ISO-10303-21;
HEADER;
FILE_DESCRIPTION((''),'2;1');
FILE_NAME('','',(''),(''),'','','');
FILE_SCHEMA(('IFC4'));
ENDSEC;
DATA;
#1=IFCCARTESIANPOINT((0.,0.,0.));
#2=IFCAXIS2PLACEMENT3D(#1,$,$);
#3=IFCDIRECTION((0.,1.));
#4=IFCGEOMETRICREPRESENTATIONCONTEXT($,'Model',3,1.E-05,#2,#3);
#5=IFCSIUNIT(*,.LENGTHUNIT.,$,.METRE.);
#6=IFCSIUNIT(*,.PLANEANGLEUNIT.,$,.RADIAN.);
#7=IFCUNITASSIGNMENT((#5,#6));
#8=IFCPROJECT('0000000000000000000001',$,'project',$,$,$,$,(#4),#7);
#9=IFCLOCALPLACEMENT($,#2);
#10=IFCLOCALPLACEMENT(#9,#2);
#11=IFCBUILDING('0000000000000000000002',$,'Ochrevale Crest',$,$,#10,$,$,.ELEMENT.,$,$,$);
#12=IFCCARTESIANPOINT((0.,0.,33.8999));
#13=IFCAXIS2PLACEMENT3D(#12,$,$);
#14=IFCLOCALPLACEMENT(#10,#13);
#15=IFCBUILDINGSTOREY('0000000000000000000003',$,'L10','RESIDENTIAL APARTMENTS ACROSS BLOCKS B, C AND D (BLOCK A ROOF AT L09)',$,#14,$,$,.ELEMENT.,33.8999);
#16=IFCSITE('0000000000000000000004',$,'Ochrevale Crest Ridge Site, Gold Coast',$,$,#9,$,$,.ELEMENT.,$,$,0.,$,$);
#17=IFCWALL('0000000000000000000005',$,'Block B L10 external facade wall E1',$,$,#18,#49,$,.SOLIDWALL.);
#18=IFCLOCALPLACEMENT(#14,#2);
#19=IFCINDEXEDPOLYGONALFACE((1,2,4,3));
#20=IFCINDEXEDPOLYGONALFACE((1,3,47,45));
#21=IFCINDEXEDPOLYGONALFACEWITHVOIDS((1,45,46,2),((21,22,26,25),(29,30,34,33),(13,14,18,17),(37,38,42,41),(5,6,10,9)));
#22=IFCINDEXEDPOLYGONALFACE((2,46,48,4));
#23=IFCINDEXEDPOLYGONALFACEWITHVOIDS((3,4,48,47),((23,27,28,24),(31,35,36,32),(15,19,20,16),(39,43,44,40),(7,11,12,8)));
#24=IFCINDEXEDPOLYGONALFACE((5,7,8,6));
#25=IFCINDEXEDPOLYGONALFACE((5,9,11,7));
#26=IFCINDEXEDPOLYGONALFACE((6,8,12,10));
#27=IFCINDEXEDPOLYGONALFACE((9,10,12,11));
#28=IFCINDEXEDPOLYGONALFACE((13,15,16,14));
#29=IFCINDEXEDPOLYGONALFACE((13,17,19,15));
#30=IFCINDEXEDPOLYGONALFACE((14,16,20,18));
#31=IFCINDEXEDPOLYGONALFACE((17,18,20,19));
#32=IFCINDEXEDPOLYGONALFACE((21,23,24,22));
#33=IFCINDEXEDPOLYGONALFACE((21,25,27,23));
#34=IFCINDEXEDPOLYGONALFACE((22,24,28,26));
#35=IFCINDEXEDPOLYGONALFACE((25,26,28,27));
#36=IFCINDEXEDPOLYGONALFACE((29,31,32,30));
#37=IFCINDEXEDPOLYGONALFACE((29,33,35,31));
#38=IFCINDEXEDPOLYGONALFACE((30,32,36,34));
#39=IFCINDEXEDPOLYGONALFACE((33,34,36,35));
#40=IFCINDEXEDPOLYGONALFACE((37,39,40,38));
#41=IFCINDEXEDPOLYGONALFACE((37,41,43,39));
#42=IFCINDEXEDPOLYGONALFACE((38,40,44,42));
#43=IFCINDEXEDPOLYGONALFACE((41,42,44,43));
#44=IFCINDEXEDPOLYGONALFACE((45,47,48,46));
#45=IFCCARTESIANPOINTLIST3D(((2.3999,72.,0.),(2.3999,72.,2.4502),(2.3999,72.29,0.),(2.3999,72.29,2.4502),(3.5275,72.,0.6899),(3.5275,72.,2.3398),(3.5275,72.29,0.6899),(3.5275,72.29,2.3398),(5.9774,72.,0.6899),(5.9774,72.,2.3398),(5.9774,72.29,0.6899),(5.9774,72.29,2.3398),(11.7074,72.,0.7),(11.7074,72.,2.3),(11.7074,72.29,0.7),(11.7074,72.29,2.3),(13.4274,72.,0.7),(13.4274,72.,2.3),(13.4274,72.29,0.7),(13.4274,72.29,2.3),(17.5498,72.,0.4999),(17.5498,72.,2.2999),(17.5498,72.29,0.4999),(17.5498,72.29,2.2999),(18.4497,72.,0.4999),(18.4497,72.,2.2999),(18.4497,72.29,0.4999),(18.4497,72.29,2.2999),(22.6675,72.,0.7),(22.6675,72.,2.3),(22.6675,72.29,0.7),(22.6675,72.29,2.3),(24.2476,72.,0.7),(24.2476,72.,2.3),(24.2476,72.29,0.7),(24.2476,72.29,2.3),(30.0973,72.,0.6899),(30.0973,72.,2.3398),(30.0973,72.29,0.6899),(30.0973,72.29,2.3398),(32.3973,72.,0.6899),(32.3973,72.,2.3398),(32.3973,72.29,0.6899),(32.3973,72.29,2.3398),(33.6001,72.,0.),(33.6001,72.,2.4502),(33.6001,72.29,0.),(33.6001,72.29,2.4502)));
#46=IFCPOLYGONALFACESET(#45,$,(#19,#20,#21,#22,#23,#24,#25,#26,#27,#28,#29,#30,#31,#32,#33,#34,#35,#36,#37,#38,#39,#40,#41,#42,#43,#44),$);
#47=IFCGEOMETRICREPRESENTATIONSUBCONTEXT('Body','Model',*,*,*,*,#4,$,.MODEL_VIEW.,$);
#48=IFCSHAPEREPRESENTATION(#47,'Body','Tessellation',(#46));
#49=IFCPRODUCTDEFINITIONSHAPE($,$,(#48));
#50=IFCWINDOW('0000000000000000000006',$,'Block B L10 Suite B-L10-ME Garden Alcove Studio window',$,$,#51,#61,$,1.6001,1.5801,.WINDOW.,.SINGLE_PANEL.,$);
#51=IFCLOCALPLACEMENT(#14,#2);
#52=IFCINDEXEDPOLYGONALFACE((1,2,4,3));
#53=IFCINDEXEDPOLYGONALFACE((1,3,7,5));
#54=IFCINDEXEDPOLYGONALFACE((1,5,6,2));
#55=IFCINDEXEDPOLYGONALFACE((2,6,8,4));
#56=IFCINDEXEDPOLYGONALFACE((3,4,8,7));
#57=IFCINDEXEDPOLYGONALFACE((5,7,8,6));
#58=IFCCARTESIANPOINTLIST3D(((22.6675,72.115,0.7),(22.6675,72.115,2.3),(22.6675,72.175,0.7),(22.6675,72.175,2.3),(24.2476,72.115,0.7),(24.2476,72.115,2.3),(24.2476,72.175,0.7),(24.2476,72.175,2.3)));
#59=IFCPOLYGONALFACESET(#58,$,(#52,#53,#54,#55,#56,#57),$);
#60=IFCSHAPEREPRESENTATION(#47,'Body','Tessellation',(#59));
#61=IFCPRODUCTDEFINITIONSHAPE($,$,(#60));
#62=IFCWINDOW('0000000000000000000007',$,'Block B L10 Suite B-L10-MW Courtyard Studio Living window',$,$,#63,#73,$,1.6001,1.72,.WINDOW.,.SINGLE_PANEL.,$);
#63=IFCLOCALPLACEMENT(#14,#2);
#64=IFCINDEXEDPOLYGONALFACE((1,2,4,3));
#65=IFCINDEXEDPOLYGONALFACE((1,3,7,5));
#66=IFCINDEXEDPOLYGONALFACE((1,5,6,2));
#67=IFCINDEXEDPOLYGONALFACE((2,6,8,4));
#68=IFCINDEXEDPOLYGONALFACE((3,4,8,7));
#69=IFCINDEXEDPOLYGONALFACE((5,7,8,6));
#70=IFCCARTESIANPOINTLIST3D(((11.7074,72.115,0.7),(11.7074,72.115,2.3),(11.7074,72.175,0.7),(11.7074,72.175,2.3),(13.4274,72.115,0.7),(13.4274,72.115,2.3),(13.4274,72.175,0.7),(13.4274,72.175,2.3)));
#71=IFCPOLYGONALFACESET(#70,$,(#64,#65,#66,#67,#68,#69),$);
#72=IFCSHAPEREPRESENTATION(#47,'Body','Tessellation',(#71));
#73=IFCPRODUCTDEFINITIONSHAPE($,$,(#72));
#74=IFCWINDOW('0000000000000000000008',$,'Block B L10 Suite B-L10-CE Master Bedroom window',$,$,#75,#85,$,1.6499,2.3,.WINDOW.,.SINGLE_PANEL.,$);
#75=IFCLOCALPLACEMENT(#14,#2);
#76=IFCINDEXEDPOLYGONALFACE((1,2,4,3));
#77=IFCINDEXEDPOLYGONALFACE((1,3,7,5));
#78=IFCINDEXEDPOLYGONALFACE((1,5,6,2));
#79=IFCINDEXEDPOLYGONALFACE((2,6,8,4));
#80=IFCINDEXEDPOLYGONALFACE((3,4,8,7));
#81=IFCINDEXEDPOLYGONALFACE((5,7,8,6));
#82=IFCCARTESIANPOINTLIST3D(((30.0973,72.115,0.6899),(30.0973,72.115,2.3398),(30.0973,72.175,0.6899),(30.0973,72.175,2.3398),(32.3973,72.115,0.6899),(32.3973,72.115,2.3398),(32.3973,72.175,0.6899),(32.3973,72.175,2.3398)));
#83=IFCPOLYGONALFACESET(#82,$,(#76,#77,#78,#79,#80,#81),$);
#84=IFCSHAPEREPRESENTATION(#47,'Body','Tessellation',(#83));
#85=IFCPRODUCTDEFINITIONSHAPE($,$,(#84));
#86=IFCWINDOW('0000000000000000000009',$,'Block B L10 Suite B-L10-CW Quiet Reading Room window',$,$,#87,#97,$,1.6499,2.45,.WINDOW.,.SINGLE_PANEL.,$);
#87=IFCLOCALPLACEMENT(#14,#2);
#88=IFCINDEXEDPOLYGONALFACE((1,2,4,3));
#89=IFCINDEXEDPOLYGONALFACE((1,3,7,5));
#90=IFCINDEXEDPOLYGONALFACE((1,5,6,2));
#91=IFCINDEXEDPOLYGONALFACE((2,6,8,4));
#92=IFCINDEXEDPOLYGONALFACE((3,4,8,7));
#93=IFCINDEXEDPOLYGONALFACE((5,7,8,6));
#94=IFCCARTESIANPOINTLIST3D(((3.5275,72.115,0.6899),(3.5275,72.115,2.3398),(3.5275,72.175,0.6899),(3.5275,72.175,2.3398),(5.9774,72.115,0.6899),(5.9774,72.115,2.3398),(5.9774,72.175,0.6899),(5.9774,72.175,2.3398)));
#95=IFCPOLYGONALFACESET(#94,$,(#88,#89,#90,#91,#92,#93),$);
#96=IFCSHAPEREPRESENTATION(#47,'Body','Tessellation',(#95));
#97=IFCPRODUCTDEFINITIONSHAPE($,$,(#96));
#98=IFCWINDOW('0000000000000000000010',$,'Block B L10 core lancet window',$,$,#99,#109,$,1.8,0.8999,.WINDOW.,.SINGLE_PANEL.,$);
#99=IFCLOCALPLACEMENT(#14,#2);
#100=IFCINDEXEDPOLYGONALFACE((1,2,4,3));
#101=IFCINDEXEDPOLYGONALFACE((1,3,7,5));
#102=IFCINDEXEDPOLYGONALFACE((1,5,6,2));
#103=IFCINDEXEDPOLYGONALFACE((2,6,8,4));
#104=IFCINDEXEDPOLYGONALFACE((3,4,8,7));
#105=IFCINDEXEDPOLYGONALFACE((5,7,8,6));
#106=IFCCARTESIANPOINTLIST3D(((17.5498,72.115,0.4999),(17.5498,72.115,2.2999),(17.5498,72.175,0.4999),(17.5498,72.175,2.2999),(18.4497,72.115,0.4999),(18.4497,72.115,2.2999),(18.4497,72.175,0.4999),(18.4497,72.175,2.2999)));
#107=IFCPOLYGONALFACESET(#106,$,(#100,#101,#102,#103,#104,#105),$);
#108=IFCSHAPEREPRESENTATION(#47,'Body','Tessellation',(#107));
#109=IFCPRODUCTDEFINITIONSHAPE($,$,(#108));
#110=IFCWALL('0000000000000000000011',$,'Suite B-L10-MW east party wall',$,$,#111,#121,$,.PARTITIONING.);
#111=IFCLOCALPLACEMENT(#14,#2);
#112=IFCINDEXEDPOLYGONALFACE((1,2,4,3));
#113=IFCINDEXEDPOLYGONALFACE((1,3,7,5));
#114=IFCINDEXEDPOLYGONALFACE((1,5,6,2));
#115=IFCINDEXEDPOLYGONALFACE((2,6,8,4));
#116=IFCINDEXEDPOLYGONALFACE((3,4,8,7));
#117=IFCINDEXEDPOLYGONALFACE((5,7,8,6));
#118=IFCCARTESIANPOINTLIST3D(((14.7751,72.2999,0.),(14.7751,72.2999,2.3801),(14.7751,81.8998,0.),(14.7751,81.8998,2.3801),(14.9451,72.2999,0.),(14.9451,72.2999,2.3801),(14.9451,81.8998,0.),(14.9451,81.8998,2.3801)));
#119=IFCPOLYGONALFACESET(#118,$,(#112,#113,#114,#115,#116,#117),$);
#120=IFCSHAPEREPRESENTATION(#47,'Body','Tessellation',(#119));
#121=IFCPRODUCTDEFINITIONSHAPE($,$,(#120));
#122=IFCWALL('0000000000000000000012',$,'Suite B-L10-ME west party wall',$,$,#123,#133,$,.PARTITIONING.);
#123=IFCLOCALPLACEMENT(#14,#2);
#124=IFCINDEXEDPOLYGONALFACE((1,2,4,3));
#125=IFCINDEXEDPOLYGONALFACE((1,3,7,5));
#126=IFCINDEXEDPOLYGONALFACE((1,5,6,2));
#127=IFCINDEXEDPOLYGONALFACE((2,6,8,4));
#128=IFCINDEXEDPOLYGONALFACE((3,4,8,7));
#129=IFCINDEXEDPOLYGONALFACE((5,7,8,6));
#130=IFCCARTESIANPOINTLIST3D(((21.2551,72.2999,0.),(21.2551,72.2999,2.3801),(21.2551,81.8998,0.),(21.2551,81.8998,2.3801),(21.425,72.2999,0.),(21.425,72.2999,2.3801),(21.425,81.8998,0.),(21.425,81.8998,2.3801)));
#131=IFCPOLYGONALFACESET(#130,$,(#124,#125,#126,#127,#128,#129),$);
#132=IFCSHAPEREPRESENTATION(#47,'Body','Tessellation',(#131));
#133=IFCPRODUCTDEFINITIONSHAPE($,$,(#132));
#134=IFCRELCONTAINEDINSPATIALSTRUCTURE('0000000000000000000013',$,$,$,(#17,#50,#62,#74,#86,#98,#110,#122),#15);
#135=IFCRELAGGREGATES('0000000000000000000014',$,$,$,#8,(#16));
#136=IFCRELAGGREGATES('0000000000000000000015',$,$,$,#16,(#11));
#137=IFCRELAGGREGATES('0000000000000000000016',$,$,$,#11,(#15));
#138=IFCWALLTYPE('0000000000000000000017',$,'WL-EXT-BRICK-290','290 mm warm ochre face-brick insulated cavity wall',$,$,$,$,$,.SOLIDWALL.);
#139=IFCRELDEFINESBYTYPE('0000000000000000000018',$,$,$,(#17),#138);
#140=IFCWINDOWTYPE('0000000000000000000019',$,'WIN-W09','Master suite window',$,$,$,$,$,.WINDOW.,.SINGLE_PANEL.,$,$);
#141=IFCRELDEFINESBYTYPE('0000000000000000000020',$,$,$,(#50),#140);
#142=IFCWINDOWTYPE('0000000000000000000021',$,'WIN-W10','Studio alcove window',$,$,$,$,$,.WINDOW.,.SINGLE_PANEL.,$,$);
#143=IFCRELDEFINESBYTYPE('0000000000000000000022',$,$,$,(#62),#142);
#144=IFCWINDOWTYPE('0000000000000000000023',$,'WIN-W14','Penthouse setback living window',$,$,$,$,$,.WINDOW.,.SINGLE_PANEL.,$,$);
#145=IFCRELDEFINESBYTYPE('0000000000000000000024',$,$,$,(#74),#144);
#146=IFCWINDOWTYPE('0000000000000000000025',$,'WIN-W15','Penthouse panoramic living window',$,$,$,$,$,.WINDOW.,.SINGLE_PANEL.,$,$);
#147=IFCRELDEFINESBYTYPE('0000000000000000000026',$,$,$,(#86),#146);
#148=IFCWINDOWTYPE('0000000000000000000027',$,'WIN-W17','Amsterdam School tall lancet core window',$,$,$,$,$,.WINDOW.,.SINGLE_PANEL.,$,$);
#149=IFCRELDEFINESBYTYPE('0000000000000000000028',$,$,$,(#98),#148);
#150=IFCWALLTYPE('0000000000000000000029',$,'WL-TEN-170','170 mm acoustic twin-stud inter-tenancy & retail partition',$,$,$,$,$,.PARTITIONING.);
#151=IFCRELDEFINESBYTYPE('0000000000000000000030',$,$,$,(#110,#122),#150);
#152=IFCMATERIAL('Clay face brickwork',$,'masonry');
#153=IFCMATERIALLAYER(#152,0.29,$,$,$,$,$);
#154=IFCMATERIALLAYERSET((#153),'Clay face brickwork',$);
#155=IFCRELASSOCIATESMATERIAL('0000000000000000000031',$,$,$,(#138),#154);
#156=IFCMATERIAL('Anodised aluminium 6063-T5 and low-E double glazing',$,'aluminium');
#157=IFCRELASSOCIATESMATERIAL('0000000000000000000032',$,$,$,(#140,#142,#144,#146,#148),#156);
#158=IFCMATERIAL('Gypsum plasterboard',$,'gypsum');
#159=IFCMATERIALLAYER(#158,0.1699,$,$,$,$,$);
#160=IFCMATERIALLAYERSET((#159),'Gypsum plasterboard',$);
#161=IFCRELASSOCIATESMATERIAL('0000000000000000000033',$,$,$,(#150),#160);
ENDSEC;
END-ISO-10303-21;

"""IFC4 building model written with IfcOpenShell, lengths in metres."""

from ifc_helpers import new_model, si_unit, direction, frame, frame_2d, origin, place, context, subcontext, project, spatial, rectangle, extrude, material, layer, layer_set, type_object, element, fill, save


model = new_model("IFC4")

# Units and contexts
model_context = context("Model", 3, precision=1e-05, world=origin(), true_north=direction((0.0, 1.0)))
body_context = subcontext(model_context, "Body", "Model", "MODEL_VIEW")
ifc_project = project(units=[si_unit("LENGTHUNIT", "METRE"), si_unit("PLANEANGLEUNIT", "RADIAN")], contexts=[model_context])

# Site, building, storey
site_placement = place(None, origin())
site = spatial("IfcSite", under=ifc_project, at=site_placement, Name="Ochrevale Crest Ridge Site, Gold Coast", CompositionType="ELEMENT", RefElevation=0.0)
building_placement = place(site_placement, origin())
building = spatial("IfcBuilding", under=site, at=building_placement, Name="Ochrevale Crest", CompositionType="ELEMENT")
storey_placement = place(building_placement, frame((0.0, 0.0, 33.8999)))
storey = spatial("IfcBuildingStorey", under=building, at=storey_placement, Name="L10", Description="RESIDENTIAL APARTMENTS ACROSS BLOCKS B, C AND D (BLOCK A ROOF AT L09)", CompositionType="ELEMENT", Elevation=33.8999)

# Wall, openings, windows
ifc_material_1 = material(Name="Clay face brickwork", Category="masonry")
ifc_layer_1 = layer(ifc_material_1, 0.29)
ifc_layer_set_1 = layer_set([ifc_layer_1], Name="Clay face brickwork")
wall_type_1 = type_object("IfcWallType", Name="WL-EXT-BRICK-290", Description="290 mm warm ochre face-brick insulated cavity wall", PredefinedType="SOLIDWALL", material=ifc_layer_set_1)
wall_placement = place(storey_placement, frame((2.3999, 72.145, 0.0), z_axis=(0.0, 0.0, 1.0), x_axis=(1.0, 0.0, 0.0)))
wall = element("IfcWall", 1, at=wall_placement, inside=storey, type_object=wall_type_1, Name="Block B L10 external facade wall E1", PredefinedType="SOLIDWALL", context=body_context, shape_type="SweptSolid", body=[
    extrude(rectangle(XDim=31.2002, YDim=0.29, at=frame_2d((15.6001, 0.0))), origin(), (0.0, 0.0, 1.0), 2.4502),
])
opening_1_placement = place(wall_placement, frame((15.1499, 0.0, 0.5)))
opening_1 = element("IfcOpeningElement", 2, at=opening_1_placement, cuts=wall, PredefinedType="OPENING", context=body_context, shape_type="SweptSolid", body=[
    extrude(rectangle(XDim=0.8999, YDim=1.8, at=frame_2d((0.45, 0.8999))), frame((0.0, 0.155, 0.0), z_axis=(0.0, -1.0, 0.0), x_axis=(1.0, 0.0, 0.0)), (0.0, 0.0, 1.0), 0.3101),
])
opening_2_placement = place(wall_placement, frame((27.6975, 0.0, 0.6899)))
opening_2 = element("IfcOpeningElement", 3, at=opening_2_placement, cuts=wall, PredefinedType="OPENING", context=body_context, shape_type="SweptSolid", body=[
    extrude(rectangle(XDim=2.3, YDim=1.6499, at=frame_2d((1.1499, 0.825))), frame((0.0, 0.155, 0.0), z_axis=(0.0, -1.0, 0.0), x_axis=(1.0, 0.0, 0.0)), (0.0, 0.0, 1.0), 0.3101),
])
opening_3_placement = place(wall_placement, frame((1.1274, 0.0, 0.6899)))
opening_3 = element("IfcOpeningElement", 4, at=opening_3_placement, cuts=wall, PredefinedType="OPENING", context=body_context, shape_type="SweptSolid", body=[
    extrude(rectangle(XDim=2.45, YDim=1.6499, at=frame_2d((1.2251, 0.825))), frame((0.0, 0.155, 0.0), z_axis=(0.0, -1.0, 0.0), x_axis=(1.0, 0.0, 0.0)), (0.0, 0.0, 1.0), 0.3101),
])
opening_4_placement = place(wall_placement, frame((20.2676, 0.0, 0.7)))
opening_4 = element("IfcOpeningElement", 5, at=opening_4_placement, cuts=wall, PredefinedType="OPENING", context=body_context, shape_type="SweptSolid", body=[
    extrude(rectangle(XDim=1.5801, YDim=1.6001, at=frame_2d((0.79, 0.8))), frame((0.0, 0.155, 0.0), z_axis=(0.0, -1.0, 0.0), x_axis=(1.0, 0.0, 0.0)), (0.0, 0.0, 1.0), 0.3101),
])
opening_5_placement = place(wall_placement, frame((9.3076, 0.0, 0.7)))
opening_5 = element("IfcOpeningElement", 6, at=opening_5_placement, cuts=wall, PredefinedType="OPENING", context=body_context, shape_type="SweptSolid", body=[
    extrude(rectangle(XDim=1.72, YDim=1.6001, at=frame_2d((0.8599, 0.8))), frame((0.0, 0.155, 0.0), z_axis=(0.0, -1.0, 0.0), x_axis=(1.0, 0.0, 0.0)), (0.0, 0.0, 1.0), 0.3101),
])
ifc_material_2 = material(Name="Anodised aluminium 6063-T5 and low-E double glazing", Category="aluminium")
window_type_1 = type_object("IfcWindowType", Name="WIN-W09", Description="Master suite window", PartitioningType="SINGLE_PANEL", PredefinedType="WINDOW", material=ifc_material_2)
window_1_placement = place(opening_4_placement, origin())
window_1 = element("IfcWindow", 7, at=window_1_placement, inside=storey, type_object=window_type_1, Name="Block B L10 Suite B-L10-ME Garden Alcove Studio window", OverallHeight=1.6001, OverallWidth=1.5801, PartitioningType="SINGLE_PANEL", PredefinedType="WINDOW", context=body_context, shape_type="SweptSolid", body=[
    extrude(rectangle(XDim=1.5801, YDim=1.6001, at=frame_2d((0.79, 0.8))), frame((0.0, 0.03, 0.0), z_axis=(0.0, -1.0, 0.0), x_axis=(1.0, 0.0, 0.0)), (0.0, 0.0, 1.0), 0.0601),
])
fill(opening_4, window_1)
window_type_2 = type_object("IfcWindowType", Name="WIN-W10", Description="Studio alcove window", PartitioningType="SINGLE_PANEL", PredefinedType="WINDOW", material=ifc_material_2)
window_2_placement = place(opening_5_placement, origin())
window_2 = element("IfcWindow", 8, at=window_2_placement, inside=storey, type_object=window_type_2, Name="Block B L10 Suite B-L10-MW Courtyard Studio Living window", OverallHeight=1.6001, OverallWidth=1.72, PartitioningType="SINGLE_PANEL", PredefinedType="WINDOW", context=body_context, shape_type="SweptSolid", body=[
    extrude(rectangle(XDim=1.72, YDim=1.6001, at=frame_2d((0.8599, 0.8))), frame((0.0, 0.03, 0.0), z_axis=(0.0, -1.0, 0.0), x_axis=(1.0, 0.0, 0.0)), (0.0, 0.0, 1.0), 0.0601),
])
fill(opening_5, window_2)
window_type_3 = type_object("IfcWindowType", Name="WIN-W14", Description="Penthouse setback living window", PartitioningType="SINGLE_PANEL", PredefinedType="WINDOW", material=ifc_material_2)
window_3_placement = place(opening_2_placement, origin())
window_3 = element("IfcWindow", 9, at=window_3_placement, inside=storey, type_object=window_type_3, Name="Block B L10 Suite B-L10-CE Master Bedroom window", OverallHeight=1.6499, OverallWidth=2.3, PartitioningType="SINGLE_PANEL", PredefinedType="WINDOW", context=body_context, shape_type="SweptSolid", body=[
    extrude(rectangle(XDim=2.3, YDim=1.6499, at=frame_2d((1.1499, 0.825))), frame((0.0, 0.03, 0.0), z_axis=(0.0, -1.0, 0.0), x_axis=(1.0, 0.0, 0.0)), (0.0, 0.0, 1.0), 0.0601),
])
fill(opening_2, window_3)
window_type_4 = type_object("IfcWindowType", Name="WIN-W15", Description="Penthouse panoramic living window", PartitioningType="SINGLE_PANEL", PredefinedType="WINDOW", material=ifc_material_2)
window_4_placement = place(opening_3_placement, origin())
window_4 = element("IfcWindow", 10, at=window_4_placement, inside=storey, type_object=window_type_4, Name="Block B L10 Suite B-L10-CW Quiet Reading Room window", OverallHeight=1.6499, OverallWidth=2.45, PartitioningType="SINGLE_PANEL", PredefinedType="WINDOW", context=body_context, shape_type="SweptSolid", body=[
    extrude(rectangle(XDim=2.45, YDim=1.6499, at=frame_2d((1.2251, 0.825))), frame((0.0, 0.03, 0.0), z_axis=(0.0, -1.0, 0.0), x_axis=(1.0, 0.0, 0.0)), (0.0, 0.0, 1.0), 0.0601),
])
fill(opening_3, window_4)
window_type_5 = type_object("IfcWindowType", Name="WIN-W17", Description="Amsterdam School tall lancet core window", PartitioningType="SINGLE_PANEL", PredefinedType="WINDOW", material=ifc_material_2)
window_5_placement = place(opening_1_placement, origin())
window_5 = element("IfcWindow", 11, at=window_5_placement, inside=storey, type_object=window_type_5, Name="Block B L10 core lancet window", OverallHeight=1.8, OverallWidth=0.8999, PartitioningType="SINGLE_PANEL", PredefinedType="WINDOW", context=body_context, shape_type="SweptSolid", body=[
    extrude(rectangle(XDim=0.8999, YDim=1.8, at=frame_2d((0.45, 0.8999))), frame((0.0, 0.03, 0.0), z_axis=(0.0, -1.0, 0.0), x_axis=(1.0, 0.0, 0.0)), (0.0, 0.0, 1.0), 0.0601),
])
fill(opening_1, window_5)

# Walls
ifc_material_3 = material(Name="Gypsum plasterboard", Category="gypsum")
ifc_layer_2 = layer(ifc_material_3, 0.1699)
ifc_layer_set_2 = layer_set([ifc_layer_2], Name="Gypsum plasterboard")
wall_type_2 = type_object("IfcWallType", Name="WL-TEN-170", Description="170 mm acoustic twin-stud inter-tenancy & retail partition", PredefinedType="PARTITIONING", material=ifc_layer_set_2)
for number, where, z_axis, x_axis, name in (
    (12, (14.8601, 72.3, 0.0), (0.0, 0.0, 1.0), (0.0, 1.0, 0.0), "Suite B-L10-MW east party wall"),
    (13, (21.3401, 72.3, 0.0), (0.0, 0.0, 1.0), (0.0, 1.0, 0.0), "Suite B-L10-ME west party wall"),
):
    element("IfcWall", number, at=place(storey_placement, frame(where, z_axis=z_axis, x_axis=x_axis)), inside=storey, type_object=wall_type_2, Name=name, PredefinedType="PARTITIONING", context=body_context, shape_type="SweptSolid", body=[
        extrude(rectangle(XDim=9.5999, YDim=0.1699, at=frame_2d((4.7998, 0.0))), origin(), (0.0, 0.0, 1.0), 2.3801),
    ])

save(model, "model.ifc")
